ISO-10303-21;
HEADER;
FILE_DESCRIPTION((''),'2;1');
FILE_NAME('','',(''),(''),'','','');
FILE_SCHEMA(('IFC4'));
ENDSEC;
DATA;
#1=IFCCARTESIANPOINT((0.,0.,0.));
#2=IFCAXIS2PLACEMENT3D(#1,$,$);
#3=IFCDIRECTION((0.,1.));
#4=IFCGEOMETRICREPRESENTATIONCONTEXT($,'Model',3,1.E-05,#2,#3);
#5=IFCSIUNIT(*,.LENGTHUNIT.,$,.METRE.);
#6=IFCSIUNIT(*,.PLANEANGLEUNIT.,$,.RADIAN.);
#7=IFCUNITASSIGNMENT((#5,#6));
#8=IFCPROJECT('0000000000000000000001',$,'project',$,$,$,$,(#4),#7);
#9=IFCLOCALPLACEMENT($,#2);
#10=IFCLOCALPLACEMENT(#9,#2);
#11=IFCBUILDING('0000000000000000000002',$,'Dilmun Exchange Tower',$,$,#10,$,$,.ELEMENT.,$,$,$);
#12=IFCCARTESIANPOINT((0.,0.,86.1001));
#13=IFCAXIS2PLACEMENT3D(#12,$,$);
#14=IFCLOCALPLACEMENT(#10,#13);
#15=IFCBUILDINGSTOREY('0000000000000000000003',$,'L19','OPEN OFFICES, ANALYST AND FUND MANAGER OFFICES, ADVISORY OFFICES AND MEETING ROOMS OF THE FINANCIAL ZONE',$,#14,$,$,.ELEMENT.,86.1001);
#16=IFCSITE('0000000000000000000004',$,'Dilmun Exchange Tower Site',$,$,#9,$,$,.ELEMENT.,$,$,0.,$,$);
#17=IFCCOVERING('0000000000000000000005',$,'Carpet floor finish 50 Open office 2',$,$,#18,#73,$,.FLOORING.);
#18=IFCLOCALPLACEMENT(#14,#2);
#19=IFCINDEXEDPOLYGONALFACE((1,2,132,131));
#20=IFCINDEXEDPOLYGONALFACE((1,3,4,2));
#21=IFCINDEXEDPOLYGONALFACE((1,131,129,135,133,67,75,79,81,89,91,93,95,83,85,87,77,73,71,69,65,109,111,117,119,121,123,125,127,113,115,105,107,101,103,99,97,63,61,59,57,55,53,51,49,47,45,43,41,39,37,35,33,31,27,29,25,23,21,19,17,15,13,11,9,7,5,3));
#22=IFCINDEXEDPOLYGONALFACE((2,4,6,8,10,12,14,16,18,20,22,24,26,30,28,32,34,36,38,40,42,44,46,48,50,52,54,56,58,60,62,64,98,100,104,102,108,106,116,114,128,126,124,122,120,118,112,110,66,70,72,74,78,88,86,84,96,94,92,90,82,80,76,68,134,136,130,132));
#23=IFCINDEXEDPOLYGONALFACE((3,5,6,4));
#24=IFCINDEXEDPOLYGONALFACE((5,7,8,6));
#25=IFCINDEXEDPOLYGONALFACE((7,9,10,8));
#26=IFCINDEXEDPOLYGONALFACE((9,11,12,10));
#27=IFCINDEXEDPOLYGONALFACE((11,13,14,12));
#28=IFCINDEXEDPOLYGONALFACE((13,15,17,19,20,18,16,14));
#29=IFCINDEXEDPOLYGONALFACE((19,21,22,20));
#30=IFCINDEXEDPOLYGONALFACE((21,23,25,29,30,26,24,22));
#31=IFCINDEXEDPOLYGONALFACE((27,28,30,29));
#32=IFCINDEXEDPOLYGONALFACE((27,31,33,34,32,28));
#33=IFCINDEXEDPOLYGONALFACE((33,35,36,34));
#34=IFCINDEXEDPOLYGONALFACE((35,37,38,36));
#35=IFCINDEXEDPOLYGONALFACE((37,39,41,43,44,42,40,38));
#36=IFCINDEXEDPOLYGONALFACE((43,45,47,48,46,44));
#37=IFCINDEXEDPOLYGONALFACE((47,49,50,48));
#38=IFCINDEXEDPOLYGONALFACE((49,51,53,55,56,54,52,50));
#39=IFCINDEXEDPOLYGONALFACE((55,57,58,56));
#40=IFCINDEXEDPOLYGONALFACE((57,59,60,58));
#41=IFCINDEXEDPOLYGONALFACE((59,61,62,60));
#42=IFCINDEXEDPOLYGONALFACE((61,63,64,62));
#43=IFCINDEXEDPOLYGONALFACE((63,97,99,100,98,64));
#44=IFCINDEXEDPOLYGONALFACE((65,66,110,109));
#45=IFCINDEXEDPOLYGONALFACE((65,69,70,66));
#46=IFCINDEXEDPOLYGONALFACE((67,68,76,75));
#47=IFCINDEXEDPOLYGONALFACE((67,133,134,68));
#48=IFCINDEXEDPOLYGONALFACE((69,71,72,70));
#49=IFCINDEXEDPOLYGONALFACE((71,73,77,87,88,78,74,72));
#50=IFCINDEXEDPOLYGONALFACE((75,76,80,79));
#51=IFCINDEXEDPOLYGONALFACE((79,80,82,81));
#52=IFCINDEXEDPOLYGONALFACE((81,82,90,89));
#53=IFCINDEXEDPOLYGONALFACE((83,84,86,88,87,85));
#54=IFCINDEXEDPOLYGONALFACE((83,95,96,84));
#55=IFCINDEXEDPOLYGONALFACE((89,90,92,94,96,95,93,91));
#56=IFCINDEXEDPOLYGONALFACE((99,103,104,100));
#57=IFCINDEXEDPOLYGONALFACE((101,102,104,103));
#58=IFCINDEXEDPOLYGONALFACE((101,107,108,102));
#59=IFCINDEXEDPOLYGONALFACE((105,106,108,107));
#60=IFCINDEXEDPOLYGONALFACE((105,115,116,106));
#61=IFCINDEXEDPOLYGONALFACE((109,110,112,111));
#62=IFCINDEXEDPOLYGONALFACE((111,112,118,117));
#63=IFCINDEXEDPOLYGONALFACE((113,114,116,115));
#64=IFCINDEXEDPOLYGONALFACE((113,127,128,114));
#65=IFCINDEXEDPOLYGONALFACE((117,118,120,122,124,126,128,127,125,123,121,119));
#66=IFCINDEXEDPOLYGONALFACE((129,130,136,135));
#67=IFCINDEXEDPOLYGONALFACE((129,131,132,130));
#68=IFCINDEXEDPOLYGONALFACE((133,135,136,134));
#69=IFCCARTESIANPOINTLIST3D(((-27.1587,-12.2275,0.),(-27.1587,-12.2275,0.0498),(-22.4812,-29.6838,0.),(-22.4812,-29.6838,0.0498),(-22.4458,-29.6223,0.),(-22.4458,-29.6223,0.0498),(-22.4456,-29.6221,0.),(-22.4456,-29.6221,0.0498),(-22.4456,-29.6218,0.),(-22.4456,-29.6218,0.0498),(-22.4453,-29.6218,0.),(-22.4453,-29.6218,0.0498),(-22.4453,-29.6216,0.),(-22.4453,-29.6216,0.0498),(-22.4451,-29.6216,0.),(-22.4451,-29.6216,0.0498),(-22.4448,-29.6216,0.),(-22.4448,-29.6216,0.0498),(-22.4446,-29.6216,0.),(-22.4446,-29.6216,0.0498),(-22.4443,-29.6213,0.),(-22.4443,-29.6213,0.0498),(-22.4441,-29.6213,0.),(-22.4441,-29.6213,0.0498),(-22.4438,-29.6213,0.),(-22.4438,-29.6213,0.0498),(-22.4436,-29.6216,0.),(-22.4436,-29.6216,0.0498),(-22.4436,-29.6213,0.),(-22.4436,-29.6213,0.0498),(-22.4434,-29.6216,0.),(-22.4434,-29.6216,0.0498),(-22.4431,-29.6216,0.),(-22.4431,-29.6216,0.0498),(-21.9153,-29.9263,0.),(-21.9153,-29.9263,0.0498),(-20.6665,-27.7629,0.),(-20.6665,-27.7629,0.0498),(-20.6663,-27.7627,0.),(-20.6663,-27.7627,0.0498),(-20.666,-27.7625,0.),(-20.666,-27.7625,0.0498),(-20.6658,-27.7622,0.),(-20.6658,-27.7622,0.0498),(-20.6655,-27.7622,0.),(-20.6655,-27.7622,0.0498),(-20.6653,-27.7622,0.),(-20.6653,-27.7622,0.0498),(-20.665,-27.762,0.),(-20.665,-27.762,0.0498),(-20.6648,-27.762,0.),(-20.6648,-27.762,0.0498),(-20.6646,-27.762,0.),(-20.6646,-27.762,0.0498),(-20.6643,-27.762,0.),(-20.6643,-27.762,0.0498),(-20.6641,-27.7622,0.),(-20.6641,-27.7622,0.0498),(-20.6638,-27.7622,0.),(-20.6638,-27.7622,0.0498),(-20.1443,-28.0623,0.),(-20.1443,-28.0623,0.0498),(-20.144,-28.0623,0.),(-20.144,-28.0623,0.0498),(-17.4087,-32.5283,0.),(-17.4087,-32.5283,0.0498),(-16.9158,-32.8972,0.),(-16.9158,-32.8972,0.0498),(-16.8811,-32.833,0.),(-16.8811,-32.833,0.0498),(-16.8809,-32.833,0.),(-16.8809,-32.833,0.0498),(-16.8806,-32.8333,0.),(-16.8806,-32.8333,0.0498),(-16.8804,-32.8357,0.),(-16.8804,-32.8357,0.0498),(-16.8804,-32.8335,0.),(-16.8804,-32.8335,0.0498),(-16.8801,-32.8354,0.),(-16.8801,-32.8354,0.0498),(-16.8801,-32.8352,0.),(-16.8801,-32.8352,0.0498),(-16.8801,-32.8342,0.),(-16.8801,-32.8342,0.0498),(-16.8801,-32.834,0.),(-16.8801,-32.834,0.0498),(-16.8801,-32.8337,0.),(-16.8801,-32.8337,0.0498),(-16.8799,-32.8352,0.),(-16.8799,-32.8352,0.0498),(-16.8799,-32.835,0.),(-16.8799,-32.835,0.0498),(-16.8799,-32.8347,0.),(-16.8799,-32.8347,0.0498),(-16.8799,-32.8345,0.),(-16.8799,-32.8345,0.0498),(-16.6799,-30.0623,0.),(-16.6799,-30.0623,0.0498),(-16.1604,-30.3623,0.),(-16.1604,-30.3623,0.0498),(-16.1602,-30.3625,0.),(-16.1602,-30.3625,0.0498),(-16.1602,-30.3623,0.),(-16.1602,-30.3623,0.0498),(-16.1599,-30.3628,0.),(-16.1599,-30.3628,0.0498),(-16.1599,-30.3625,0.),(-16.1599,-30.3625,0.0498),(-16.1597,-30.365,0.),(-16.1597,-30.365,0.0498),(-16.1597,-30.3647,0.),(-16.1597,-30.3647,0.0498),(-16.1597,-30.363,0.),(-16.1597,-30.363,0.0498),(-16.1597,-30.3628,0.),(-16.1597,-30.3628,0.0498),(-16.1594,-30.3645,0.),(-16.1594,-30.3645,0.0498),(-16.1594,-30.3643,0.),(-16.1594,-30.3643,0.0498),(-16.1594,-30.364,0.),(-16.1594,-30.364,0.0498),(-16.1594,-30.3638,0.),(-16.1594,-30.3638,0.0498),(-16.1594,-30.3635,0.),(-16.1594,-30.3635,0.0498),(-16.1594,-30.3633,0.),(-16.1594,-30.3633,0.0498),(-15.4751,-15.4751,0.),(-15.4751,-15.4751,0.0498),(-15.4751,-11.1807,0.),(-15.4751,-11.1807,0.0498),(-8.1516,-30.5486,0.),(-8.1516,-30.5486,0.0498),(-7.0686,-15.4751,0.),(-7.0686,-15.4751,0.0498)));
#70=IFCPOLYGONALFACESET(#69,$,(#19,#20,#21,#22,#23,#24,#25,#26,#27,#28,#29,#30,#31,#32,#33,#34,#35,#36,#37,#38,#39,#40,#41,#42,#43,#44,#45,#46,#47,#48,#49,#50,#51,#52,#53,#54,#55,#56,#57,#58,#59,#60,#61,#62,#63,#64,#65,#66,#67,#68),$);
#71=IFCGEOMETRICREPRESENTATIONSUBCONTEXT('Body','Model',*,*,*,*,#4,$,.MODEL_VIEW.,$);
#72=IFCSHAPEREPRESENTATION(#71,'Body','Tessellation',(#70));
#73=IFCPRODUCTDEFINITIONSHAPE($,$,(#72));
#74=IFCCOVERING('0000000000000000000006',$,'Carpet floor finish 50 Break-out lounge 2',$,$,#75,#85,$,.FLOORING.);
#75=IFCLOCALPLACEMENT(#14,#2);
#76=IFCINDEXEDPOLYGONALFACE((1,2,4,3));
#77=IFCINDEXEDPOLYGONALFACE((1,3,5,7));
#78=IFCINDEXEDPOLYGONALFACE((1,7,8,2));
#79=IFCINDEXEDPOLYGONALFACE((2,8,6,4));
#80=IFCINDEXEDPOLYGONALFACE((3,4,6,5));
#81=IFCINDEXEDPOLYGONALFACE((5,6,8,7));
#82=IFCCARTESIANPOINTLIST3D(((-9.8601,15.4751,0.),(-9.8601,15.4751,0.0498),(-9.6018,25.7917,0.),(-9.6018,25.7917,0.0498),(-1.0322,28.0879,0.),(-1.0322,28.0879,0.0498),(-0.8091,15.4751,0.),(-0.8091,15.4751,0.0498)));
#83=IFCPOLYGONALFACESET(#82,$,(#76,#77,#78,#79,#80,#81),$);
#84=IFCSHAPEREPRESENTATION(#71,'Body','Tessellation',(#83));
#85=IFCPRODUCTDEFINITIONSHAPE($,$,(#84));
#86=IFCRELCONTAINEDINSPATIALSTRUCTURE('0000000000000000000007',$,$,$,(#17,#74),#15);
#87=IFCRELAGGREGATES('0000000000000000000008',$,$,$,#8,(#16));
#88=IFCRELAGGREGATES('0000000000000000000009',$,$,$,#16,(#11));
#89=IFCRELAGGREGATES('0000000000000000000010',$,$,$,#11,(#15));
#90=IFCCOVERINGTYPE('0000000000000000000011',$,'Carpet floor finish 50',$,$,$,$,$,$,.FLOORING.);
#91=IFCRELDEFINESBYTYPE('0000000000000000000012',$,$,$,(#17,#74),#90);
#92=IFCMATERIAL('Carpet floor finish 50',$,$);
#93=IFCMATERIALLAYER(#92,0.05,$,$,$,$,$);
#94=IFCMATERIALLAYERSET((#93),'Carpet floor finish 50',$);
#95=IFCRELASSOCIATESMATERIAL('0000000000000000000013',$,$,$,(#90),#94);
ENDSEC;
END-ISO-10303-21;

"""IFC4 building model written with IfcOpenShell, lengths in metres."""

from ifc_helpers import new_model, si_unit, direction, frame, origin, place, context, subcontext, project, spatial, polyline, outline, extrude, material, layer, layer_set, type_object, element, save


model = new_model("IFC4")

# Units and contexts
model_context = context("Model", 3, precision=1e-05, world=origin(), true_north=direction((0.0, 1.0)))
body_context = subcontext(model_context, "Body", "Model", "MODEL_VIEW")
ifc_project = project(units=[si_unit("LENGTHUNIT", "METRE"), si_unit("PLANEANGLEUNIT", "RADIAN")], contexts=[model_context])

# Site, building, storey
site_placement = place(None, origin())
site = spatial("IfcSite", under=ifc_project, at=site_placement, Name="Dilmun Exchange Tower Site", CompositionType="ELEMENT", RefElevation=0.0)
building_placement = place(site_placement, origin())
building = spatial("IfcBuilding", under=site, at=building_placement, Name="Dilmun Exchange Tower", CompositionType="ELEMENT")
storey_placement = place(building_placement, frame((0.0, 0.0, 86.1001)))
storey = spatial("IfcBuildingStorey", under=building, at=storey_placement, Name="L19", Description="OPEN OFFICES, ANALYST AND FUND MANAGER OFFICES, ADVISORY OFFICES AND MEETING ROOMS OF THE FINANCIAL ZONE", CompositionType="ELEMENT", Elevation=86.1001)

# Coverings
ifc_material_1 = material(Name="Carpet floor finish 50")
ifc_layer_1 = layer(ifc_material_1, 0.05)
ifc_layer_set_1 = layer_set([ifc_layer_1], Name="Carpet floor finish 50")
covering_type_1 = type_object("IfcCoveringType", Name="Carpet floor finish 50", PredefinedType="FLOORING", material=ifc_layer_set_1)
covering_1_placement = place(storey_placement, origin())
element("IfcCovering", 1, at=covering_1_placement, inside=storey, type_object=covering_type_1, Name="Carpet floor finish 50 Open office 2", PredefinedType="FLOORING", context=body_context, shape_type="SweptSolid", body=[
    extrude(outline(polyline([(-15.4751, -11.1807), (-15.4751, -15.4751), (-7.0686, -15.4751), (-8.1516, -30.5486), (-16.9158, -32.8972), (-16.8804, -32.8357), (-16.8801, -32.8354), (-16.8801, -32.8352), (-16.8799, -32.8352), (-16.8799, -32.835), (-16.8799, -32.8347), (-16.8799, -32.8347), (-16.8799, -32.8345), (-16.8801, -32.8342), (-16.8801, -32.834), (-16.8801, -32.8337), (-16.8804, -32.8335), (-16.8804, -32.8335), (-16.8806, -32.8333), (-16.8806, -32.8333), (-16.8809, -32.833), (-16.8811, -32.833), (-17.4087, -32.5283), (-16.1597, -30.365), (-16.1597, -30.3647), (-16.1594, -30.3645), (-16.1594, -30.3645), (-16.1594, -30.3643), (-16.1594, -30.364), (-16.1594, -30.364), (-16.1594, -30.3638), (-16.1594, -30.3635), (-16.1594, -30.3633), (-16.1597, -30.363), (-16.1597, -30.3628), (-16.1599, -30.3628), (-16.1599, -30.3625), (-16.1602, -30.3625), (-16.1602, -30.3623), (-16.1604, -30.3623), (-16.6799, -30.0623), (-20.144, -28.0623), (-20.1443, -28.0623), (-20.6638, -27.7622), (-20.6638, -27.7622), (-20.6641, -27.7622), (-20.6643, -27.762), (-20.6643, -27.762), (-20.6646, -27.762), (-20.6648, -27.762), (-20.665, -27.762), (-20.6653, -27.7622), (-20.6653, -27.7622), (-20.6655, -27.7622), (-20.6658, -27.7622), (-20.666, -27.7625), (-20.666, -27.7625), (-20.6663, -27.7627), (-20.6663, -27.7627), (-20.6665, -27.7629), (-21.9153, -29.9263), (-22.4431, -29.6216), (-22.4434, -29.6216), (-22.4436, -29.6216), (-22.4436, -29.6213), (-22.4438, -29.6213), (-22.4441, -29.6213), (-22.4441, -29.6213), (-22.4443, -29.6213), (-22.4446, -29.6216), (-22.4448, -29.6216), (-22.4451, -29.6216), (-22.4453, -29.6216), (-22.4453, -29.6218), (-22.4456, -29.6218), (-22.4456, -29.6221), (-22.4458, -29.6223), (-22.4458, -29.6223), (-22.4812, -29.6838), (-27.1587, -12.2275), (-15.4751, -11.1807)])), origin(), (0.0, 0.0, 1.0), 0.0498),
])
covering_2_placement = place(storey_placement, origin())
element("IfcCovering", 2, at=covering_2_placement, inside=storey, type_object=covering_type_1, Name="Carpet floor finish 50 Break-out lounge 2", PredefinedType="FLOORING", context=body_context, shape_type="SweptSolid", body=[
    extrude(outline(polyline([(-0.8091, 15.4751), (-9.8601, 15.4751), (-9.6018, 25.7917), (-1.0322, 28.0879), (-0.8091, 15.4751)])), origin(), (0.0, 0.0, 1.0), 0.0498),
])

save(model, "model.ifc")
